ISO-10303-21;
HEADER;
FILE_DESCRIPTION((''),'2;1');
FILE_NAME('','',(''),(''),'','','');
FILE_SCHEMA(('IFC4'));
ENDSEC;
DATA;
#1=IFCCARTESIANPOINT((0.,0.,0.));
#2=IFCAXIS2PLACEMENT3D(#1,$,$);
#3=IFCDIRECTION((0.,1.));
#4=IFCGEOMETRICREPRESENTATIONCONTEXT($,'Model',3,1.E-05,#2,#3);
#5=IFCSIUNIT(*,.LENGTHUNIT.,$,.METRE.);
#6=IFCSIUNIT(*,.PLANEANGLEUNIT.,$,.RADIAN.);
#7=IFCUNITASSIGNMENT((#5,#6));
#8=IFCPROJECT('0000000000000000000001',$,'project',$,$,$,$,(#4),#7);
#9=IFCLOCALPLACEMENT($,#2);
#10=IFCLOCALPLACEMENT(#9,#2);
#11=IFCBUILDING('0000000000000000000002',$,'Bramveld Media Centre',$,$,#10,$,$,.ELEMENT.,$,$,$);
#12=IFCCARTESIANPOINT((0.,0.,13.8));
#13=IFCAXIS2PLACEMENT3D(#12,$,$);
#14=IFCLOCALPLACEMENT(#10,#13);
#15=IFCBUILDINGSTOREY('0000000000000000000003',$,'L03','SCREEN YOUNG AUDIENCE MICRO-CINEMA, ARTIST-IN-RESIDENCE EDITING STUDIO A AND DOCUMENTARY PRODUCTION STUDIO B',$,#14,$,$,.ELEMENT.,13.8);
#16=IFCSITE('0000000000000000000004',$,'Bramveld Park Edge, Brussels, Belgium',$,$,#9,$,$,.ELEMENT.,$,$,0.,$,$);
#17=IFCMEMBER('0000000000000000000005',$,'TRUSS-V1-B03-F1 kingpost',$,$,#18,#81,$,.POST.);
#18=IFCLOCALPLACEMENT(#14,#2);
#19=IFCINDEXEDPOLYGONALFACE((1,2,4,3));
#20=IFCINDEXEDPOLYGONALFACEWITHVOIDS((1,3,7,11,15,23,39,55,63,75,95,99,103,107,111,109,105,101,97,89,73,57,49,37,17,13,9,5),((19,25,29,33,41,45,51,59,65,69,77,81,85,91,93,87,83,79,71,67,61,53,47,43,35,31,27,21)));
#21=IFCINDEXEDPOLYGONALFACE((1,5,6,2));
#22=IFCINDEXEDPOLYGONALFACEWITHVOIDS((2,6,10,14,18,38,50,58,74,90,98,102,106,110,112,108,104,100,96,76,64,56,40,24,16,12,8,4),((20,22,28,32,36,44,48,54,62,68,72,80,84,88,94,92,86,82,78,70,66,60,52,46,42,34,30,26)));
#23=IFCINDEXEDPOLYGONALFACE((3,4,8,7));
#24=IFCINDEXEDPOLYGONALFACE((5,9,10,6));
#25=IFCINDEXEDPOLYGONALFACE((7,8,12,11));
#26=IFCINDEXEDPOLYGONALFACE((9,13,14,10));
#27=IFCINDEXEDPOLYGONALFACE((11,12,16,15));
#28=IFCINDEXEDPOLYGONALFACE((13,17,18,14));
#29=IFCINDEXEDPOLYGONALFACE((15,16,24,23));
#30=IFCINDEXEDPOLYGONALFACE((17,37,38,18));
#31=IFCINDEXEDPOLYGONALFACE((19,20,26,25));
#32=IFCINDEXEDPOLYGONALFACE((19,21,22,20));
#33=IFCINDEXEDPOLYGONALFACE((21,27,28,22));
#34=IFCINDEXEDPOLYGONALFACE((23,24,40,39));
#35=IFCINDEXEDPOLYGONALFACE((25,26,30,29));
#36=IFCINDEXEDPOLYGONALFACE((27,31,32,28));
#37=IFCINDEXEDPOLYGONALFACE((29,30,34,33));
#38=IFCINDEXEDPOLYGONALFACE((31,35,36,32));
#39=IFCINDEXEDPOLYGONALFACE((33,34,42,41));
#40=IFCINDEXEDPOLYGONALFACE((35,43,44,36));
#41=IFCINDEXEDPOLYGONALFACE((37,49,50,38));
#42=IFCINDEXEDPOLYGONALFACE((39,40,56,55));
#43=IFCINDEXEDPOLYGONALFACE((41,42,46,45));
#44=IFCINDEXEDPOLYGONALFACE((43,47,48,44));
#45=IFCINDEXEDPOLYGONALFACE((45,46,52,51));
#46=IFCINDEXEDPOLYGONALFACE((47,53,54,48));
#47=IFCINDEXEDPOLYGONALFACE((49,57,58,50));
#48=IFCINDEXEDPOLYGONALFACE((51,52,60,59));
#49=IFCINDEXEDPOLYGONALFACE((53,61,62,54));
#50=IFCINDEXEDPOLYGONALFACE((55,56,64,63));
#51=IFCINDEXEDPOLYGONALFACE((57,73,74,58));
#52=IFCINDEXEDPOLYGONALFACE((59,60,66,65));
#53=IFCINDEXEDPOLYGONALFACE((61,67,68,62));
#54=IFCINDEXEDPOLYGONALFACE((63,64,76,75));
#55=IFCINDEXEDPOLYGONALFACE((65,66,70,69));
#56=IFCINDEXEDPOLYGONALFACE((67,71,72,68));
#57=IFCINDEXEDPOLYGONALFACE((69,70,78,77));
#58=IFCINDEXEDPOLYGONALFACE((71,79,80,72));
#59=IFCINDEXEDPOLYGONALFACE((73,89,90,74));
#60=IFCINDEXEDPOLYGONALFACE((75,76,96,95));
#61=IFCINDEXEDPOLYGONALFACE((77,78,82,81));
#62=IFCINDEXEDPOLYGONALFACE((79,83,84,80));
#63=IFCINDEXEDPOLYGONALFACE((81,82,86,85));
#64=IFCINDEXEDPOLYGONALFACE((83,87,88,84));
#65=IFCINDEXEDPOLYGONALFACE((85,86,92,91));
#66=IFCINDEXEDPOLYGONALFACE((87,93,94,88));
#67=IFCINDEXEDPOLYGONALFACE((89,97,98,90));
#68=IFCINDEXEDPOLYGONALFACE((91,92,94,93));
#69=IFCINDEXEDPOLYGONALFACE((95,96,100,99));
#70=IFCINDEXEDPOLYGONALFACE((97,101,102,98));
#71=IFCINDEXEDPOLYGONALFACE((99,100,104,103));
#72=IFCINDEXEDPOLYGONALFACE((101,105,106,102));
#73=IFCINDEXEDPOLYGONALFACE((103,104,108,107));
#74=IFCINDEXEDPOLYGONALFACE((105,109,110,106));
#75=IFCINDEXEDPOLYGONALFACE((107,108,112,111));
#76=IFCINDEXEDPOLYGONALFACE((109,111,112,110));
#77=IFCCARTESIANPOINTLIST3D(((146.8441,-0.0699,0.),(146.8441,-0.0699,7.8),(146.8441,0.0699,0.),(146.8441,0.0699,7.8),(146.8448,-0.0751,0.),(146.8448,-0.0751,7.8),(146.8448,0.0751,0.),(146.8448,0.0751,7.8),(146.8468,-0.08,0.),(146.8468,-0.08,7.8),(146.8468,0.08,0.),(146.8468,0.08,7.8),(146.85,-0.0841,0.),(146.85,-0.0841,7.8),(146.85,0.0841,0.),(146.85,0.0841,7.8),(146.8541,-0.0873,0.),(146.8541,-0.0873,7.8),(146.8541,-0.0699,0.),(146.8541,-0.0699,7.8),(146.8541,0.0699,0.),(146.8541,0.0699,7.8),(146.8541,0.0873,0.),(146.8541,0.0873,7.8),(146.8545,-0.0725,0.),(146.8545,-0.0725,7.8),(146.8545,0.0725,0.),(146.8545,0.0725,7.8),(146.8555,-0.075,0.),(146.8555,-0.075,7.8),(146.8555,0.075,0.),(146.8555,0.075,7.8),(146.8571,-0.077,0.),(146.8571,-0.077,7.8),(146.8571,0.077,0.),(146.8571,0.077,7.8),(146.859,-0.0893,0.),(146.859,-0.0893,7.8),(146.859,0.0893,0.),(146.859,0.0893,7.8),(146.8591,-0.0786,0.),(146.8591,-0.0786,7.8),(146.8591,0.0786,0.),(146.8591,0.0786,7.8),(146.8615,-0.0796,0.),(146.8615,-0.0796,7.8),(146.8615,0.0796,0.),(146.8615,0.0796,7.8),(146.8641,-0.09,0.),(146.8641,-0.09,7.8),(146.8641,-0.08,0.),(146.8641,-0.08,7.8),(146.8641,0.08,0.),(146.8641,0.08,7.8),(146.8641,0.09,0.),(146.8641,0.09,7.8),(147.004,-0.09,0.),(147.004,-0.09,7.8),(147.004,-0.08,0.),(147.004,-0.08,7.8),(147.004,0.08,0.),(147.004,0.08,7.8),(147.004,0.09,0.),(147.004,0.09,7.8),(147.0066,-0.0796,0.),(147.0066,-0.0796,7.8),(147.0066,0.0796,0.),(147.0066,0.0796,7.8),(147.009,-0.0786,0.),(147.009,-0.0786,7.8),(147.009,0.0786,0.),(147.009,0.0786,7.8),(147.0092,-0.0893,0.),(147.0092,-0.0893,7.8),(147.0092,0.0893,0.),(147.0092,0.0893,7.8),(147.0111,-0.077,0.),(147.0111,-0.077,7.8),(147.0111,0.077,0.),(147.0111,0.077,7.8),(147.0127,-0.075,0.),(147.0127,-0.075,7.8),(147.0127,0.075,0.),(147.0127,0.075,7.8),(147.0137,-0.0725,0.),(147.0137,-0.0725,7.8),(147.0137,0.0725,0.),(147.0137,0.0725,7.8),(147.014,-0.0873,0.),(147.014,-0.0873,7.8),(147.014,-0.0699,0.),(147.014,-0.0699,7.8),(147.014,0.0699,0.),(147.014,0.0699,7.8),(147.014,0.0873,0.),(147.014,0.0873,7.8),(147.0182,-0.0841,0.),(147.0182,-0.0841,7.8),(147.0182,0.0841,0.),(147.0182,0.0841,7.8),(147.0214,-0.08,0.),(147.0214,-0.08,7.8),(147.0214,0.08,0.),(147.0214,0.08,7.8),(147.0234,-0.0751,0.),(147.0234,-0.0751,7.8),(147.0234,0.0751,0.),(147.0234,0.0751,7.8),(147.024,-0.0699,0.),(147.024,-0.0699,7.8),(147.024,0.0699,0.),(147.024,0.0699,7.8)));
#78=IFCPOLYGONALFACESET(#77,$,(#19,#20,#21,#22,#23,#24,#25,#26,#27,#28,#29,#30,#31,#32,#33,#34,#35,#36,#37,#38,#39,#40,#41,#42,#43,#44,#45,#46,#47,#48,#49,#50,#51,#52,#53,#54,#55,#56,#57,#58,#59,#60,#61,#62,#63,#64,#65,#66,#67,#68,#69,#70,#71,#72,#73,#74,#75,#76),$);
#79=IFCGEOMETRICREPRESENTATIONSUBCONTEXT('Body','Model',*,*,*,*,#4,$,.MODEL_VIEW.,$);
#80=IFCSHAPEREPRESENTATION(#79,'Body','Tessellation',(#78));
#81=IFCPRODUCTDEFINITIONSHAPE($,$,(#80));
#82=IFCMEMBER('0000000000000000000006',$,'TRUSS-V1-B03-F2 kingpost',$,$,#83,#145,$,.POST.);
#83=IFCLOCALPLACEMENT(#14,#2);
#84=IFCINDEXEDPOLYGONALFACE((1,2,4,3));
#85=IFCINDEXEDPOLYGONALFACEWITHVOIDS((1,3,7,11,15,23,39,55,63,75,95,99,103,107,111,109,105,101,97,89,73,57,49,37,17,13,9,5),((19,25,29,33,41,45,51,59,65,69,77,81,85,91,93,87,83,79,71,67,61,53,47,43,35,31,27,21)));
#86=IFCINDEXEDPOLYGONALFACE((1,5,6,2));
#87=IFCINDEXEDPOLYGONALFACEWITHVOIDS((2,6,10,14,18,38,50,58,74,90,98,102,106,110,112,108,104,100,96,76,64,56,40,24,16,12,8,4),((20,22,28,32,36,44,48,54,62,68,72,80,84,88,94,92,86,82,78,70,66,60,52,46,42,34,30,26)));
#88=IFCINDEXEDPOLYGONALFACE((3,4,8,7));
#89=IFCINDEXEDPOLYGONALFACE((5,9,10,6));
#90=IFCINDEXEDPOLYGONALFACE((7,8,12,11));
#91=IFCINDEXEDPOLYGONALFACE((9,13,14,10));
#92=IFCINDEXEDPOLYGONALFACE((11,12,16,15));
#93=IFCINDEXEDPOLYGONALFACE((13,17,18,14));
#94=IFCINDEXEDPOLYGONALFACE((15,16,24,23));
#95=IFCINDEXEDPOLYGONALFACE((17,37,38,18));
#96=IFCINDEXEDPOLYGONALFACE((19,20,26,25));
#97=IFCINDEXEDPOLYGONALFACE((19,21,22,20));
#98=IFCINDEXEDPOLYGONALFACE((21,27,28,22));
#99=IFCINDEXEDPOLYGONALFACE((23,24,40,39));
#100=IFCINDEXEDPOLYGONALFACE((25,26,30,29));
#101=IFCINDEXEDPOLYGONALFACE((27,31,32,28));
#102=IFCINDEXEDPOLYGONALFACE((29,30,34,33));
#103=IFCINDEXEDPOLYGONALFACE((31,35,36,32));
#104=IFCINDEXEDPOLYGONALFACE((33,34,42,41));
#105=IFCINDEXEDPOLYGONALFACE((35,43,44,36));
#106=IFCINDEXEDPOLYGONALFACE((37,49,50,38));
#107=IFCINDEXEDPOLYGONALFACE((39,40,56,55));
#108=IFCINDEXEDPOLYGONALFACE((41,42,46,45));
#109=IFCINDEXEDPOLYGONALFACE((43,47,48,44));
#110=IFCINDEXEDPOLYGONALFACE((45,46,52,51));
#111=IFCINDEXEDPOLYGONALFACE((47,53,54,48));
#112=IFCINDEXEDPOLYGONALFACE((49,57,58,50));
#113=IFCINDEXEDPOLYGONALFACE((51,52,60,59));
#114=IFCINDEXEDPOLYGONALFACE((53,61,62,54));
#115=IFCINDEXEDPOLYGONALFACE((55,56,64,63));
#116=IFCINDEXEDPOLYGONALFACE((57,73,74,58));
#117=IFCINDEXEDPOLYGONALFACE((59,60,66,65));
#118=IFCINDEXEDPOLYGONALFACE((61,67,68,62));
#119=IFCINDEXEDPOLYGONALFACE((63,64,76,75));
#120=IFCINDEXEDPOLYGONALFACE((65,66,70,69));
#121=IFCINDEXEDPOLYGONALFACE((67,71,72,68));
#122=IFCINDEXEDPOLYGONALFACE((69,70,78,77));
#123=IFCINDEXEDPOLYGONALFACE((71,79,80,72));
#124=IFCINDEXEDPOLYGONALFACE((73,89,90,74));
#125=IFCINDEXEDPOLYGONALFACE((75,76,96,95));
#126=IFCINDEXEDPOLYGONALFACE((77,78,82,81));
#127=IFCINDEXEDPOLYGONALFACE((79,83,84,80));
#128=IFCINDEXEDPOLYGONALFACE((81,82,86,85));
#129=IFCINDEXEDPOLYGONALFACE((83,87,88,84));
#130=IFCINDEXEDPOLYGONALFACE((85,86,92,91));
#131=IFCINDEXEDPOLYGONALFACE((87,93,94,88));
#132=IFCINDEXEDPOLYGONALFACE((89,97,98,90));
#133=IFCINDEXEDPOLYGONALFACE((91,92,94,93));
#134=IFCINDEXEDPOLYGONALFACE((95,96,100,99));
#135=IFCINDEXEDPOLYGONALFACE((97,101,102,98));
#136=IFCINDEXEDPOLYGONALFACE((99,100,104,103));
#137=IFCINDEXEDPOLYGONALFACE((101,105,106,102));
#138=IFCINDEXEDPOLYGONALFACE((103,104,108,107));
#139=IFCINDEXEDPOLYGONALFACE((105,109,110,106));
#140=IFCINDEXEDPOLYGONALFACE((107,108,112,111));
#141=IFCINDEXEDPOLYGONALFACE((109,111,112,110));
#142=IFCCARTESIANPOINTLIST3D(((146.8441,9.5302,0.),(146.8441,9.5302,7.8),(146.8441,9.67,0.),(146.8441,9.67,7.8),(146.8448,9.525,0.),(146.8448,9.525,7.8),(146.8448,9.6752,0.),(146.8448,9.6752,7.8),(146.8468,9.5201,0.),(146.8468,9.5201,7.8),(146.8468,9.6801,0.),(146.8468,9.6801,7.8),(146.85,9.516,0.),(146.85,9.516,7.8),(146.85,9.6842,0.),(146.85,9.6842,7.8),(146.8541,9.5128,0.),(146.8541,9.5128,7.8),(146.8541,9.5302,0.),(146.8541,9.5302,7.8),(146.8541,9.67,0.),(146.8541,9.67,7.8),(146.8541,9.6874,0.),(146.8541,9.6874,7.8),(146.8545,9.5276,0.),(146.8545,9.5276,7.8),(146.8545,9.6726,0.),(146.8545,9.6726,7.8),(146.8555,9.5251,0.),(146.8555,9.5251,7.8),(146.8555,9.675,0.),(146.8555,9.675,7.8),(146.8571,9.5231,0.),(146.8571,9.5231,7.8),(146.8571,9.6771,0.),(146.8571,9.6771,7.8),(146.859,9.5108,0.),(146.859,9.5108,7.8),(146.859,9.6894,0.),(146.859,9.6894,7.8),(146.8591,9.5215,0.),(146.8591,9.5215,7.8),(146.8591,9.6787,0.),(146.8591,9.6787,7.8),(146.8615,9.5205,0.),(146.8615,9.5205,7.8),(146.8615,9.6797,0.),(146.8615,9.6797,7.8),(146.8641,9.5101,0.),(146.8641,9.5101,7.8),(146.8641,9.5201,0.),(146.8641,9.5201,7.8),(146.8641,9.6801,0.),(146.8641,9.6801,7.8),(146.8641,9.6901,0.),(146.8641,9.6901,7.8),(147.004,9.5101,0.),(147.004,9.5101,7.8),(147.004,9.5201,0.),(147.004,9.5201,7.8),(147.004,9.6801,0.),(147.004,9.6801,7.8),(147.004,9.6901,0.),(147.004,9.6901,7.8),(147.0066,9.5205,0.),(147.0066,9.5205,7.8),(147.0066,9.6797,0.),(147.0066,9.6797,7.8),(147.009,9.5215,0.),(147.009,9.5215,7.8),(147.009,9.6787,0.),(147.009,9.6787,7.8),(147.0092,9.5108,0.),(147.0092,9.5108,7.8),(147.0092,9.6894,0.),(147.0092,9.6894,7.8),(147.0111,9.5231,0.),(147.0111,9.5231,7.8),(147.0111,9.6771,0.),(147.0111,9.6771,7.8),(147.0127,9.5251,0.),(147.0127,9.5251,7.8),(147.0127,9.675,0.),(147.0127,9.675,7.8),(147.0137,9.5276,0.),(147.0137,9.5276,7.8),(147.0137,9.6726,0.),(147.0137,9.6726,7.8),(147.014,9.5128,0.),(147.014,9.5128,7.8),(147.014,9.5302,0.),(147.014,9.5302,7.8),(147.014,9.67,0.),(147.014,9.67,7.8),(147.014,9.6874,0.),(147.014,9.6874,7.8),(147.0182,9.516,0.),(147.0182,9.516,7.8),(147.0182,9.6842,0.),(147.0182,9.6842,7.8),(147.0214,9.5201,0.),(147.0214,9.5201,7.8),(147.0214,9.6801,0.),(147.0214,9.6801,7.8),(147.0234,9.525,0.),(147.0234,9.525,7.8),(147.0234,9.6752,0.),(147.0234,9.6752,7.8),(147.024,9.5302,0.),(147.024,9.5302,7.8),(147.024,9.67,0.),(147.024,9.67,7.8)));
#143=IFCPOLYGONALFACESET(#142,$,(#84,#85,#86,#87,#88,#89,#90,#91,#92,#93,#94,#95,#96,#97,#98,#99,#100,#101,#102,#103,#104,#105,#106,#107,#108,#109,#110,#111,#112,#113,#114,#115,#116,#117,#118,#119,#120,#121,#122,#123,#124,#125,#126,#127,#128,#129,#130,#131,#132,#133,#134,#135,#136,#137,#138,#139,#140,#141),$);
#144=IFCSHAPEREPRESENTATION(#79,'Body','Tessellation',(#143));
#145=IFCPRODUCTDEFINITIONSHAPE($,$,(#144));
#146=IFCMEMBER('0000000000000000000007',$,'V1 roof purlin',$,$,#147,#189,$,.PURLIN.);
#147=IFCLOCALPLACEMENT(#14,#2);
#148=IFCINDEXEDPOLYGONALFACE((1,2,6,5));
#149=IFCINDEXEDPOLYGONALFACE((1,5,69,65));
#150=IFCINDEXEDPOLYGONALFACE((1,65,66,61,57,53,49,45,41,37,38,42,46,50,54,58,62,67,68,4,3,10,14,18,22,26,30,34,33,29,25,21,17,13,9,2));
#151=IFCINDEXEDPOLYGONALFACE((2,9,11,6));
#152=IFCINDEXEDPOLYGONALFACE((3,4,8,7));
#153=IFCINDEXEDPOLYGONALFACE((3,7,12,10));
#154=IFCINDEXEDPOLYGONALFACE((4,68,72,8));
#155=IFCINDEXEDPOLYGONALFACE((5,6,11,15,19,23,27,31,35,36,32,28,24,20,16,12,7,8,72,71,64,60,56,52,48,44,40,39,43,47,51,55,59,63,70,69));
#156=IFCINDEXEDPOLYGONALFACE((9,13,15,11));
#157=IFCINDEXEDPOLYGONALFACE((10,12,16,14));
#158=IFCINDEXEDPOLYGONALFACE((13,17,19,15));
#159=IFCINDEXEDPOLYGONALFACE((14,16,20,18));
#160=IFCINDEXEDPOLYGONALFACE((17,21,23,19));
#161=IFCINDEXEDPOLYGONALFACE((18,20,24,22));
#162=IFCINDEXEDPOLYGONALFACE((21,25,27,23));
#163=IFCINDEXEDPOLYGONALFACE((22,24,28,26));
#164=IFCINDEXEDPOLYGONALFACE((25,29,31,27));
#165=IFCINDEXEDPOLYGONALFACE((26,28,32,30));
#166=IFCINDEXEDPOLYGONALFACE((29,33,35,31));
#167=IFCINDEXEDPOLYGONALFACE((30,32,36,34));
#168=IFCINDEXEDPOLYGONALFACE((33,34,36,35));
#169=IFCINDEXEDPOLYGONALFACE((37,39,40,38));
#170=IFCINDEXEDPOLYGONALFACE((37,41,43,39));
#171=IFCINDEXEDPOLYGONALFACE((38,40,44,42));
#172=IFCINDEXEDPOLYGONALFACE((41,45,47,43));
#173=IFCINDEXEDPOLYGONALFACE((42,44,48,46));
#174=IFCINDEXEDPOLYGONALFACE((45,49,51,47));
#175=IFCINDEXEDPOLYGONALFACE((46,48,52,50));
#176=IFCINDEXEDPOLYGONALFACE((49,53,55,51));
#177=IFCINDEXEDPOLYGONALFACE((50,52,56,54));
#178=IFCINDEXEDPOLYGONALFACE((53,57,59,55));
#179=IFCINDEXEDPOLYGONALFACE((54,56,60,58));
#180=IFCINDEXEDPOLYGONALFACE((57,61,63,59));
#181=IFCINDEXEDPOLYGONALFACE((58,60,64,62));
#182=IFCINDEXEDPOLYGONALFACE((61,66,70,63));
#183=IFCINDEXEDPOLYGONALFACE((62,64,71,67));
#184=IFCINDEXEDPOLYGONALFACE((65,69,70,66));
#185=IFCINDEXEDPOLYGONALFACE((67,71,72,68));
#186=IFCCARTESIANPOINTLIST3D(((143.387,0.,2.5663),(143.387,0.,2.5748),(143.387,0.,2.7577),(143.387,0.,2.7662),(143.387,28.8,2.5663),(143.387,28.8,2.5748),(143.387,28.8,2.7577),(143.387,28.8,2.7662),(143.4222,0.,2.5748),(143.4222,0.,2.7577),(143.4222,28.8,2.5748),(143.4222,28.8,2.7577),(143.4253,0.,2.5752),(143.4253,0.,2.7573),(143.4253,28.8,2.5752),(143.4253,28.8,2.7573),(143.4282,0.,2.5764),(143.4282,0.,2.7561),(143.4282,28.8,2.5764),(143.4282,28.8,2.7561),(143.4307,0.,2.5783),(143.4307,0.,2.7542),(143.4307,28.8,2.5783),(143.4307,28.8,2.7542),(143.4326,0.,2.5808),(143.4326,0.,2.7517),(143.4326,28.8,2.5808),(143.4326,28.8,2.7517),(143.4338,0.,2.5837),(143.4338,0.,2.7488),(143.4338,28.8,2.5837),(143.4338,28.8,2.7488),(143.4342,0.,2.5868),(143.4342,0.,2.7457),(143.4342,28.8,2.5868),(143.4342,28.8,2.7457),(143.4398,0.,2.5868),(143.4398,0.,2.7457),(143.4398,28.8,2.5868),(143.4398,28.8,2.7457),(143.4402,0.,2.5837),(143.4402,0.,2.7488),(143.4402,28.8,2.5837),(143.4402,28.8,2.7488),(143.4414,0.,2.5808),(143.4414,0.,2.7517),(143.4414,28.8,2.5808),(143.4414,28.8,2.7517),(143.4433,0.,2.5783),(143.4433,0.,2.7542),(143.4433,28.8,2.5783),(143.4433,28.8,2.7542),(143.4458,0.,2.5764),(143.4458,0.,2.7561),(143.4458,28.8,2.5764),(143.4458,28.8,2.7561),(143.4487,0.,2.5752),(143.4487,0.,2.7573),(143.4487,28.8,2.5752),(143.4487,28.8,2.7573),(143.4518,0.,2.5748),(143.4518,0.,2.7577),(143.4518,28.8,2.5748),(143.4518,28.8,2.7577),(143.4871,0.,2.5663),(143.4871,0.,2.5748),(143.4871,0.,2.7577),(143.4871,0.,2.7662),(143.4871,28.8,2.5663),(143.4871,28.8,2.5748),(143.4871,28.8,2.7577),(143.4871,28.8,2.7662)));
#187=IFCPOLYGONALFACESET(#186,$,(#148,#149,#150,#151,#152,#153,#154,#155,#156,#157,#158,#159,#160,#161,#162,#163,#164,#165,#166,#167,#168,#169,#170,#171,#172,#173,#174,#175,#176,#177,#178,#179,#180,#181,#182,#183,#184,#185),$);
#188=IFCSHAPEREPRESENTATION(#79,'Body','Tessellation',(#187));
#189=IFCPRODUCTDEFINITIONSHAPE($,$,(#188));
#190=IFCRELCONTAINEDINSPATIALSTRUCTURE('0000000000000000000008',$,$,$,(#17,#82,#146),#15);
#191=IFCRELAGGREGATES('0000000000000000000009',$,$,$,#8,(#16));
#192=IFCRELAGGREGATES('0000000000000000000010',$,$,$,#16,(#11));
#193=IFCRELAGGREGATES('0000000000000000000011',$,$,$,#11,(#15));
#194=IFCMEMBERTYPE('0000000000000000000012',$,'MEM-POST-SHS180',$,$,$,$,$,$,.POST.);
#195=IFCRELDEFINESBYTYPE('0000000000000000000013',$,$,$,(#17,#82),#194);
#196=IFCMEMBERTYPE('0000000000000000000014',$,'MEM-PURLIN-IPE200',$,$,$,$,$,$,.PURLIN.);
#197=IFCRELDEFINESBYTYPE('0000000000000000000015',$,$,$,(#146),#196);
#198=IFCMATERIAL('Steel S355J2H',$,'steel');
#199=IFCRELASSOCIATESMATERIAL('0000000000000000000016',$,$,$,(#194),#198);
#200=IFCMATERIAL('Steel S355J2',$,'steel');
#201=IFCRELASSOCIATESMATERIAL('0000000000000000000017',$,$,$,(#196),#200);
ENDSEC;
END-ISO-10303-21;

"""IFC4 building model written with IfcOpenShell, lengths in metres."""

from ifc_helpers import new_model, si_unit, direction, frame, origin, origin_2d, place, context, subcontext, project, spatial, hollow_rectangle, i_section, extrude, material, material_profile, profile_set, type_object, element, save


model = new_model("IFC4")

# Units and contexts
model_context = context("Model", 3, precision=1e-05, world=origin(), true_north=direction((0.0, 1.0)))
body_context = subcontext(model_context, "Body", "Model", "MODEL_VIEW")
ifc_project = project(units=[si_unit("LENGTHUNIT", "METRE"), si_unit("PLANEANGLEUNIT", "RADIAN")], contexts=[model_context])

# Site, building, storey
site_placement = place(None, origin())
site = spatial("IfcSite", under=ifc_project, at=site_placement, Name="Bramveld Park Edge, Brussels, Belgium", CompositionType="ELEMENT", RefElevation=0.0)
building_placement = place(site_placement, origin())
building = spatial("IfcBuilding", under=site, at=building_placement, Name="Bramveld Media Centre", CompositionType="ELEMENT")
storey_placement = place(building_placement, frame((0.0, 0.0, 13.8)))
storey = spatial("IfcBuildingStorey", under=building, at=storey_placement, Name="L03", Description="SCREEN YOUNG AUDIENCE MICRO-CINEMA, ARTIST-IN-RESIDENCE EDITING STUDIO A AND DOCUMENTARY PRODUCTION STUDIO B", CompositionType="ELEMENT", Elevation=13.8)

# Members
ifc_material_1 = material(Name="Steel S355J2H", Category="steel")
ifc_material_profile_1 = material_profile(ifc_material_1, hollow_rectangle(XDim=0.1799, YDim=0.1799, WallThickness=0.01, InnerFilletRadius=0.01, OuterFilletRadius=0.02, at=origin_2d()), Name="SHS 180x180x10")
ifc_profile_set_1 = profile_set([ifc_material_profile_1], Name="Steel S355J2H")
member_type_1 = type_object("IfcMemberType", Name="MEM-POST-SHS180", PredefinedType="POST", material=ifc_profile_set_1)
for number, where, z_axis, x_axis, name in (
    (1, (146.9341, 0.0, 0.0), (0.0, 0.0, 1.0), (1.0, 0.0, 0.0), "TRUSS-V1-B03-F1 kingpost"),
    (2, (146.9341, 9.6001, 0.0), (0.0, 0.0, 1.0), (1.0, 0.0, 0.0), "TRUSS-V1-B03-F2 kingpost"),
):
    element("IfcMember", number, at=place(storey_placement, frame(where, z_axis=z_axis, x_axis=x_axis)), inside=storey, type_object=member_type_1, Name=name, PredefinedType="POST", context=body_context, shape_type="SweptSolid", body=[
        extrude(hollow_rectangle(XDim=0.1799, YDim=0.1799, WallThickness=0.01, InnerFilletRadius=0.01, OuterFilletRadius=0.02, at=origin_2d()), origin(), (0.0, 0.0, 1.0), 7.8),
    ])
ifc_material_2 = material(Name="Steel S355J2", Category="steel")
ifc_material_profile_2 = material_profile(ifc_material_2, i_section(OverallWidth=0.1001, OverallDepth=0.2, WebThickness=0.0056, FlangeThickness=0.0085, FilletRadius=0.012, at=origin_2d()), Name="IPE 200")
ifc_profile_set_2 = profile_set([ifc_material_profile_2], Name="Steel S355J2")
member_type_2 = type_object("IfcMemberType", Name="MEM-PURLIN-IPE200", PredefinedType="PURLIN", material=ifc_profile_set_2)
member_1_placement = place(storey_placement, frame((143.437, 0.0, 2.6663), z_axis=(0.0, 1.0, 0.0), x_axis=(-1.0, 0.0, 0.0)))
element("IfcMember", 3, at=member_1_placement, inside=storey, type_object=member_type_2, Name="V1 roof purlin", PredefinedType="PURLIN", context=body_context, shape_type="SweptSolid", body=[
    extrude(i_section(OverallWidth=0.1001, OverallDepth=0.2, WebThickness=0.0056, FlangeThickness=0.0085, FilletRadius=0.012, at=origin_2d()), origin(), (0.0, 0.0, 1.0), 28.8),
])

save(model, "model.ifc")
